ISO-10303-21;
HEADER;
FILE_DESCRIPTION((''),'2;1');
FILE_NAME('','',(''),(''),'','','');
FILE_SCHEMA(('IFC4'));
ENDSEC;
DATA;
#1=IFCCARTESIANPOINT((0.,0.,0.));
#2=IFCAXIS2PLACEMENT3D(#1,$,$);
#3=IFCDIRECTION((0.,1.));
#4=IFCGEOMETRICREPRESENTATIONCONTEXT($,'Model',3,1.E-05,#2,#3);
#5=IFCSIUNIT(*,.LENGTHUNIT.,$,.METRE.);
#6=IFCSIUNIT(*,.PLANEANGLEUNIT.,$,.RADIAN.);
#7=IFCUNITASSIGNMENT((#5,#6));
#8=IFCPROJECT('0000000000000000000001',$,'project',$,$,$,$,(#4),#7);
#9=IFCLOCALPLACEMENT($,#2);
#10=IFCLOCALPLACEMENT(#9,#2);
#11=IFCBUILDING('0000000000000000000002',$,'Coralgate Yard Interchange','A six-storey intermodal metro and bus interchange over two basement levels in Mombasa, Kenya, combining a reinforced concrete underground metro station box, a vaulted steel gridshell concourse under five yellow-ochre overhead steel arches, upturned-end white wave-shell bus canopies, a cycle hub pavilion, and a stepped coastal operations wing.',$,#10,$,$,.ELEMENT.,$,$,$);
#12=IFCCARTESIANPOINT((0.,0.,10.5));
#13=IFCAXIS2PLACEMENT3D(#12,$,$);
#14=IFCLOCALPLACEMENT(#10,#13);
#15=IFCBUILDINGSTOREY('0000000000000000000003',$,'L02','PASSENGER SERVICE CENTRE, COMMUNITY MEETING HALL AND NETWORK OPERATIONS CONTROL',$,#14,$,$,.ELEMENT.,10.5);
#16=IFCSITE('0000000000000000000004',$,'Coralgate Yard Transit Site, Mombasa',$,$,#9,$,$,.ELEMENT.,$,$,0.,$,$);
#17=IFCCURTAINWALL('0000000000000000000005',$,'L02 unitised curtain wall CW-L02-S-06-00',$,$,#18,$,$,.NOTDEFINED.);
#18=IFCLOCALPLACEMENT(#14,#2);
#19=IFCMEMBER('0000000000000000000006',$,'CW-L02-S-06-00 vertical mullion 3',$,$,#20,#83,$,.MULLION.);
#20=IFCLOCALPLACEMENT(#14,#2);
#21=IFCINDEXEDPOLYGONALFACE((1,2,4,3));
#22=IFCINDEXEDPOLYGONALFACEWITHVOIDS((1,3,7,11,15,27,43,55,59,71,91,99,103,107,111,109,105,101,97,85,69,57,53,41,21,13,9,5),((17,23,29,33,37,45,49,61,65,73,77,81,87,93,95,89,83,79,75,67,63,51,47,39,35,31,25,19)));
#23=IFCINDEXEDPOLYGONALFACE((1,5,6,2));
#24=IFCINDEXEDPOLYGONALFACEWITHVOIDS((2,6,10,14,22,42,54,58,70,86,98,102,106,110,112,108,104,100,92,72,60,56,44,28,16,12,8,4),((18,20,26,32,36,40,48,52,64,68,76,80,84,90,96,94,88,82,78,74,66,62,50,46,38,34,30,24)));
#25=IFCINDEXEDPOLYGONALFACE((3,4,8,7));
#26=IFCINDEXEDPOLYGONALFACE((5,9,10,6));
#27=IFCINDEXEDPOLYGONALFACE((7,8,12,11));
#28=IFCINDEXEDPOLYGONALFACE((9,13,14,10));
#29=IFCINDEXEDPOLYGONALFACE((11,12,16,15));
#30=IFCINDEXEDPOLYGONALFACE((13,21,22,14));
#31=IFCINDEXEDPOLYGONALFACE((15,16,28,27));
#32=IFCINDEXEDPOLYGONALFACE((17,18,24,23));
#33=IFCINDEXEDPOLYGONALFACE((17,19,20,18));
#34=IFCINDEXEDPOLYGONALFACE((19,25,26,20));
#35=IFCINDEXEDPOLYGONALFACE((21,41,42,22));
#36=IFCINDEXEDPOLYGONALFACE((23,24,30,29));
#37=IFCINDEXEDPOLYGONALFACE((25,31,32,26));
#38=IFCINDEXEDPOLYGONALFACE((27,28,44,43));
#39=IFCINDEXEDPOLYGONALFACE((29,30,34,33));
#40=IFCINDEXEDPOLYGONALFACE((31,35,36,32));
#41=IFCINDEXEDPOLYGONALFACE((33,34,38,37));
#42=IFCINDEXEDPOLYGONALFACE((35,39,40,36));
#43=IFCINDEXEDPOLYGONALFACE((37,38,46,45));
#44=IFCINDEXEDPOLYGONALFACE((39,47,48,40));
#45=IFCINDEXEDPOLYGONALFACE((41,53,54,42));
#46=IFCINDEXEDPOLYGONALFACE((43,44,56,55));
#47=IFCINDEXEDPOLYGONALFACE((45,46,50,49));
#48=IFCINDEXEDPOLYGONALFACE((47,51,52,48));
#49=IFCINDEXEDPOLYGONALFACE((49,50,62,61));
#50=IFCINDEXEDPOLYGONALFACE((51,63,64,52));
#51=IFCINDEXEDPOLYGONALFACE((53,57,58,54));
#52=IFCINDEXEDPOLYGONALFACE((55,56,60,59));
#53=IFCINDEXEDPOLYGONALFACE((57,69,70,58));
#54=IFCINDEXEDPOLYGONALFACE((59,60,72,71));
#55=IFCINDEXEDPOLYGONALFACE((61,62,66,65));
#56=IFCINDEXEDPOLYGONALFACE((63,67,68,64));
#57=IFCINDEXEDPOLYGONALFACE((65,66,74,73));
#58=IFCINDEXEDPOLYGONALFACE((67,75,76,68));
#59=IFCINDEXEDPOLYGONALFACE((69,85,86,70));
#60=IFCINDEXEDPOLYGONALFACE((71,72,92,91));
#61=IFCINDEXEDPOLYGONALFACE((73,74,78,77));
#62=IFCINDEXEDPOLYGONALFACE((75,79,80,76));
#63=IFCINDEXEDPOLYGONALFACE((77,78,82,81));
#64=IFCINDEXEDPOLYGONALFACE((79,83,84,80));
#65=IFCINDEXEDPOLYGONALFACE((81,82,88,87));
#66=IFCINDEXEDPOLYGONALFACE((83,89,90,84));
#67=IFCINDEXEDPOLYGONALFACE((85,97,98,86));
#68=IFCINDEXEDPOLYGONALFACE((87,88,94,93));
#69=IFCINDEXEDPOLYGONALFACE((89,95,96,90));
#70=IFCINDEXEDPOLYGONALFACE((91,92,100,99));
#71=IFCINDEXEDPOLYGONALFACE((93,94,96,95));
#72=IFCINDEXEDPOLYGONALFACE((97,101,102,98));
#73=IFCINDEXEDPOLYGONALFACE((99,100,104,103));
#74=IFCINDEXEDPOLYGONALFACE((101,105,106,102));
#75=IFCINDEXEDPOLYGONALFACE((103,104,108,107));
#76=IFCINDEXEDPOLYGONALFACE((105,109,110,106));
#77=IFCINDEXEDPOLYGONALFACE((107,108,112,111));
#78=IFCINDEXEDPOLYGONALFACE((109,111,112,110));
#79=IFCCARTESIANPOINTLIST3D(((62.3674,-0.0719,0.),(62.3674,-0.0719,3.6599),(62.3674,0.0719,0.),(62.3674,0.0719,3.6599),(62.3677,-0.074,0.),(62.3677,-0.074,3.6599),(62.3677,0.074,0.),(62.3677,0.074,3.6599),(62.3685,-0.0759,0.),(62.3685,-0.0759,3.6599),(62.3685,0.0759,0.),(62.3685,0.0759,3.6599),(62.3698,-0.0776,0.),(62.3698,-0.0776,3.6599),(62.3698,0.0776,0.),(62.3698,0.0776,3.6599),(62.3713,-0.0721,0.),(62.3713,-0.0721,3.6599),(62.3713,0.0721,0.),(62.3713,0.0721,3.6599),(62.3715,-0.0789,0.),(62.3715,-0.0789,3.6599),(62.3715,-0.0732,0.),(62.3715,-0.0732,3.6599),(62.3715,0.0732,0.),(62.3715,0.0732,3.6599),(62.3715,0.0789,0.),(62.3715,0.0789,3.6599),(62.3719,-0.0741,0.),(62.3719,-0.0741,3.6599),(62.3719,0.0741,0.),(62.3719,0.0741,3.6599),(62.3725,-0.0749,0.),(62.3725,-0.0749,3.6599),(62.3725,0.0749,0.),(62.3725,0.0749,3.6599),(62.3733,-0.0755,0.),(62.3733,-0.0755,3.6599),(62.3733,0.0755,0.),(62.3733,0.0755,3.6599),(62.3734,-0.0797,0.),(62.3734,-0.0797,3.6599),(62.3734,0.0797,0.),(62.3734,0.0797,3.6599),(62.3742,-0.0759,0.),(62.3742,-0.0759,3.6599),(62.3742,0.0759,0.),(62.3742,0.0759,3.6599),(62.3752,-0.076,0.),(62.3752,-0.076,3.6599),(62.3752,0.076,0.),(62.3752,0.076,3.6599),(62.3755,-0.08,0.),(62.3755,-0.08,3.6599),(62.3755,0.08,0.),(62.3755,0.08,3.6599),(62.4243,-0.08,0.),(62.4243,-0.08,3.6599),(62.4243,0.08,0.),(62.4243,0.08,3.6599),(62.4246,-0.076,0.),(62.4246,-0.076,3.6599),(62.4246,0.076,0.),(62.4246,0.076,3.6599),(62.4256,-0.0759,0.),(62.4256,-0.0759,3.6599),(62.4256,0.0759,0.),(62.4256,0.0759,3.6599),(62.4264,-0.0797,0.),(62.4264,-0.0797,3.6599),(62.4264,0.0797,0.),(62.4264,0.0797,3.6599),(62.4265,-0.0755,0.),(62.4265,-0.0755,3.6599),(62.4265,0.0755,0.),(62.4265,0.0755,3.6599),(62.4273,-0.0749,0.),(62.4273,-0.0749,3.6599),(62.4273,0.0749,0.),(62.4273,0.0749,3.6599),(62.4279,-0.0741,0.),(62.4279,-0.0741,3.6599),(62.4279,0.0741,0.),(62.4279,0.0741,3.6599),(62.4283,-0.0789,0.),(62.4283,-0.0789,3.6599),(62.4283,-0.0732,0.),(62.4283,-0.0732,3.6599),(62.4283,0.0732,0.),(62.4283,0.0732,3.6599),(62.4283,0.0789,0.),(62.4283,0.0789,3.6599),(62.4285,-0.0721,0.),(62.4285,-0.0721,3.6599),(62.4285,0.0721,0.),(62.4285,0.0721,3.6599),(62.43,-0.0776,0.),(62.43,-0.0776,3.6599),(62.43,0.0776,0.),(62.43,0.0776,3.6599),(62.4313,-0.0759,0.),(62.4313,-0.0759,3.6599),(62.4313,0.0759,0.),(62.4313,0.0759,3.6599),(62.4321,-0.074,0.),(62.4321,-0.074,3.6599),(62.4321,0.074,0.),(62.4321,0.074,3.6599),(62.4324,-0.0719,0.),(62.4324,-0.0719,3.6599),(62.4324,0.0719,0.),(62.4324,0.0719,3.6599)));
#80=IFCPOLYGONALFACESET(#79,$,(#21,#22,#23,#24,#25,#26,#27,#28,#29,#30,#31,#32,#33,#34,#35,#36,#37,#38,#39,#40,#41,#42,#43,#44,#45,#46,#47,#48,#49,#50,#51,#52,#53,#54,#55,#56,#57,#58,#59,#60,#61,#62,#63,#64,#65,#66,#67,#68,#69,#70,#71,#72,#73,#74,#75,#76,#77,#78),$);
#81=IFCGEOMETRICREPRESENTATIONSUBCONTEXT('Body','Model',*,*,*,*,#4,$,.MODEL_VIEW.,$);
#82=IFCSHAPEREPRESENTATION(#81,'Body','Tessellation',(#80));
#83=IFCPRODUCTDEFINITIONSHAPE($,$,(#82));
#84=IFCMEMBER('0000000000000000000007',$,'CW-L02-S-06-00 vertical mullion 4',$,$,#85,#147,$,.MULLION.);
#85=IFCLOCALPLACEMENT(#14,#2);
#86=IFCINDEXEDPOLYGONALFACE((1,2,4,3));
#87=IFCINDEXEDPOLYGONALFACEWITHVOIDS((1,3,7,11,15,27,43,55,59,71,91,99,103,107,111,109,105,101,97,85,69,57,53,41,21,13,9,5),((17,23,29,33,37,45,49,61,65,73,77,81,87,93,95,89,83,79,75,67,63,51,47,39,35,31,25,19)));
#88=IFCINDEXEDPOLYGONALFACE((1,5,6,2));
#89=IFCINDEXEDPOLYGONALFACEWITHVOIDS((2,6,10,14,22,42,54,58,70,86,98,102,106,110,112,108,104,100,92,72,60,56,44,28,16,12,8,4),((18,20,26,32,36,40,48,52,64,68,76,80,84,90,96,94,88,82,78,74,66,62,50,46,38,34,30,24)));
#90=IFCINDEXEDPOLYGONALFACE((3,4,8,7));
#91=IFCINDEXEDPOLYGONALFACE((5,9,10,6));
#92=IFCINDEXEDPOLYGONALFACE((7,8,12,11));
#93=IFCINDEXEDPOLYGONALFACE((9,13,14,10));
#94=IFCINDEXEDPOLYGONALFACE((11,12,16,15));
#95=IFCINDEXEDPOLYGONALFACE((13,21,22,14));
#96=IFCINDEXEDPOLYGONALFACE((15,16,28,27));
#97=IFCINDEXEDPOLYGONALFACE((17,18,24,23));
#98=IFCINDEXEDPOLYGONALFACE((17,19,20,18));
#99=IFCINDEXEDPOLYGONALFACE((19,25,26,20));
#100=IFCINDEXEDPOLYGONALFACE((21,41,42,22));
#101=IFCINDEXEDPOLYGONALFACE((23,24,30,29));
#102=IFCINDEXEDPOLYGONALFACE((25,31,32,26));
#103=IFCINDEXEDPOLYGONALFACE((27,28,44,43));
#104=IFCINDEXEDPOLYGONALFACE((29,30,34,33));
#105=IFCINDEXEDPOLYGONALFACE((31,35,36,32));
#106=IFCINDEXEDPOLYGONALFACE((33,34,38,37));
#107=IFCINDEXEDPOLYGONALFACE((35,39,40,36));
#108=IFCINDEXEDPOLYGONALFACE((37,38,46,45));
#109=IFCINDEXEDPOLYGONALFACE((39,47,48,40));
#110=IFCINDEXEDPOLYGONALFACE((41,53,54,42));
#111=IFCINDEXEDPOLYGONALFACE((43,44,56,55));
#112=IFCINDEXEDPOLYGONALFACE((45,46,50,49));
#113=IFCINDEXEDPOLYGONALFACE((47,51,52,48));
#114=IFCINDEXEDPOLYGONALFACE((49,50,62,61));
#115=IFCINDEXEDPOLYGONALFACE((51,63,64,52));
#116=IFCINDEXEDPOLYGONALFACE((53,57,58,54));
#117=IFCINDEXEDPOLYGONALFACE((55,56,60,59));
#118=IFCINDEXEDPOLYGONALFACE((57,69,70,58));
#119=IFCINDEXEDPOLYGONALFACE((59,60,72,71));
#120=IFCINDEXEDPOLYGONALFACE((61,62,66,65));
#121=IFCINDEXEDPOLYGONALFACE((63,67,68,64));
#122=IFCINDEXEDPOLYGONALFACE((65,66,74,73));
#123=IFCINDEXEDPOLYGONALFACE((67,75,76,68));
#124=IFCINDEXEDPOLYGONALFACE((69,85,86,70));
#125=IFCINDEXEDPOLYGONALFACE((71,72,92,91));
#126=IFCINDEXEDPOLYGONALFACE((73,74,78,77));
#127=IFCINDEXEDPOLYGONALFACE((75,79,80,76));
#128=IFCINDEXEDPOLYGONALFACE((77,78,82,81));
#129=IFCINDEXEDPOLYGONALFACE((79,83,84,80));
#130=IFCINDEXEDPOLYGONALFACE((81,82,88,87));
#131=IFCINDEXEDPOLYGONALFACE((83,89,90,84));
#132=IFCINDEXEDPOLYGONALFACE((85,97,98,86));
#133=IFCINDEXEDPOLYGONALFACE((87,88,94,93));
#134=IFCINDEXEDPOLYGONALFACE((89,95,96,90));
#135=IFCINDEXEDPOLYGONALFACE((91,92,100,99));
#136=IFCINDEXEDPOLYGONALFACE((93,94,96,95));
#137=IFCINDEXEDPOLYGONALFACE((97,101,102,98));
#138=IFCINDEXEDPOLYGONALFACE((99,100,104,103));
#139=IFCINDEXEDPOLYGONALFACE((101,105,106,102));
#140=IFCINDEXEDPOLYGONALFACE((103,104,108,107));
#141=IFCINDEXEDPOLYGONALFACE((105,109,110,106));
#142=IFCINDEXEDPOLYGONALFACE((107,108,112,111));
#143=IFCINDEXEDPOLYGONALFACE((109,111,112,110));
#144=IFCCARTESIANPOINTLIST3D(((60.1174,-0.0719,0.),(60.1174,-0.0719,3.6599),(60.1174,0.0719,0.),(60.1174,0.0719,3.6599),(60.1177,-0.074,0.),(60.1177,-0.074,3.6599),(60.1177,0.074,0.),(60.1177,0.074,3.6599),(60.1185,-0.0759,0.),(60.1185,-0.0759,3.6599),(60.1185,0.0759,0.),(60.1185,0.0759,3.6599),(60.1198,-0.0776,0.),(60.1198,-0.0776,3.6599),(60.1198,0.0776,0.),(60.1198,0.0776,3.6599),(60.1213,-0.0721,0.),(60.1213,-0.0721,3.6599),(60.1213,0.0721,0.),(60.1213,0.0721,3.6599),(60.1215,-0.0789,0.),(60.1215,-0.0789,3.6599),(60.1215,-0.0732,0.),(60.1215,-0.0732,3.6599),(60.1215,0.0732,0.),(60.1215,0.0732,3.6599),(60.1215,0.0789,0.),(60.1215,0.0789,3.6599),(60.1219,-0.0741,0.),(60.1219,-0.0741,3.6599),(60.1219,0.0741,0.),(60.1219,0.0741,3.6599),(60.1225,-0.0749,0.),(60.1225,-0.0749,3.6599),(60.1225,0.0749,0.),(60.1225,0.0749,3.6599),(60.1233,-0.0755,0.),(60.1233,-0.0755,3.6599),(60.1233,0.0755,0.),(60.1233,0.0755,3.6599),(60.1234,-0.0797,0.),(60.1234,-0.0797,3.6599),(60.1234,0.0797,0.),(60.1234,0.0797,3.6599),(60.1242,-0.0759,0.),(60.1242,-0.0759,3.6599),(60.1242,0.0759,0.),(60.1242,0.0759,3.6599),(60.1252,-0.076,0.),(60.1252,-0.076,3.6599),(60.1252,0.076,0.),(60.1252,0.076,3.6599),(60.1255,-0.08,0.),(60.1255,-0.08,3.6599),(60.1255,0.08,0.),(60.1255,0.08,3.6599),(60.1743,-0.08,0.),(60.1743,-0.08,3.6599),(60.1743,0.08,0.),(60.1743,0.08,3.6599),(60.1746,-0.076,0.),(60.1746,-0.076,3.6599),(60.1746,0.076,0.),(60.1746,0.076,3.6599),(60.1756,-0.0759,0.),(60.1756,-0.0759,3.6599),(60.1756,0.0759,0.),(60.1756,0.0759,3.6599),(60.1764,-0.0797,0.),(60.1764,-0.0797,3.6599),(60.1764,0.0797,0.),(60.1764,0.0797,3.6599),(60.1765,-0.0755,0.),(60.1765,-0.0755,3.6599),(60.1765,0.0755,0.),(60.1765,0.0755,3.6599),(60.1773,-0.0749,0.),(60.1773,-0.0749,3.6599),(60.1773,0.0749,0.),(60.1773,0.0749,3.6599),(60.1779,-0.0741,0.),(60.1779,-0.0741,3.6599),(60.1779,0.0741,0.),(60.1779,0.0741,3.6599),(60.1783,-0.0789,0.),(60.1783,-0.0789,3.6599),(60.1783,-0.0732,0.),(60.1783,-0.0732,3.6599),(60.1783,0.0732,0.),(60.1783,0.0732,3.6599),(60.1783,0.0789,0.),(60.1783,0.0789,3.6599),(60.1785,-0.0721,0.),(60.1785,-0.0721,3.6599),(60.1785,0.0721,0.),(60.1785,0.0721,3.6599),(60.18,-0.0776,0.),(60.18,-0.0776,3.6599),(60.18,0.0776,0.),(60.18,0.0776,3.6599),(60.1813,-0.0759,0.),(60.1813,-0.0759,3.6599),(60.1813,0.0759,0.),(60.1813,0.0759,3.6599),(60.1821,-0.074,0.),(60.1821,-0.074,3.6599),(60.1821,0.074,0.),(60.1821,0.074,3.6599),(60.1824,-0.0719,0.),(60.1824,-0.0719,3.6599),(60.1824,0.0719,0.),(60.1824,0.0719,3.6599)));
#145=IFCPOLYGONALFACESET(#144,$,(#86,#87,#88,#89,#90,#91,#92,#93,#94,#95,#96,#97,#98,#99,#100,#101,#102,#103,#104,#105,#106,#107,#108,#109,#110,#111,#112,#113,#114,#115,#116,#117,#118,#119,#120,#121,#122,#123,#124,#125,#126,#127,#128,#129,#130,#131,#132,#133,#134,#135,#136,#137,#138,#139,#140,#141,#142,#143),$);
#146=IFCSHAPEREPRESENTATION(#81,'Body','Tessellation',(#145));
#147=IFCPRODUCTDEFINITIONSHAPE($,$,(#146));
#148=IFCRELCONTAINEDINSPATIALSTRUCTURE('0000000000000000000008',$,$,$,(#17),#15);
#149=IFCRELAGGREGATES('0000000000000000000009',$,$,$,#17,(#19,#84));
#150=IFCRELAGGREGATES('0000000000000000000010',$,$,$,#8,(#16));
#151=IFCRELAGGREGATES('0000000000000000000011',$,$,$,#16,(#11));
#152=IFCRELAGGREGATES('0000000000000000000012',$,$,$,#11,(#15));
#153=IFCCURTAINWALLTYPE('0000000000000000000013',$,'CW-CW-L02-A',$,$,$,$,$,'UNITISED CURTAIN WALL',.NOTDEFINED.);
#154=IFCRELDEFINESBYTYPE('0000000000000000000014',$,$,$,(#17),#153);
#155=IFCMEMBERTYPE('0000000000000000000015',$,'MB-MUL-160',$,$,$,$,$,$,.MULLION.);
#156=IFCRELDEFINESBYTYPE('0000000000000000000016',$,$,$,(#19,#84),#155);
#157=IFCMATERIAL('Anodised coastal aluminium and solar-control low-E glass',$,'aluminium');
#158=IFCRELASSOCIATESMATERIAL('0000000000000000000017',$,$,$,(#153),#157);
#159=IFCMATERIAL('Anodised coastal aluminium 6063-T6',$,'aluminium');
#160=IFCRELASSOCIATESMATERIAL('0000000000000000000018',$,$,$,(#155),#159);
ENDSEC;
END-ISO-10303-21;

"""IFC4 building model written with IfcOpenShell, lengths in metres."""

from ifc_helpers import new_model, si_unit, direction, frame, origin, origin_2d, place, context, subcontext, project, spatial, hollow_rectangle, extrude, material, material_profile, profile_set, type_object, element, aggregate, save


model = new_model("IFC4")

# Units and contexts
model_context = context("Model", 3, precision=1e-05, world=origin(), true_north=direction((0.0, 1.0)))
body_context = subcontext(model_context, "Body", "Model", "MODEL_VIEW")
ifc_project = project(units=[si_unit("LENGTHUNIT", "METRE"), si_unit("PLANEANGLEUNIT", "RADIAN")], contexts=[model_context])

# Site, building, storey
site_placement = place(None, origin())
site = spatial("IfcSite", under=ifc_project, at=site_placement, Name="Coralgate Yard Transit Site, Mombasa", CompositionType="ELEMENT", RefElevation=0.0)
building_placement = place(site_placement, origin())
building = spatial("IfcBuilding", under=site, at=building_placement, Name="Coralgate Yard Interchange", Description="A six-storey intermodal metro and bus interchange over two basement levels in Mombasa, Kenya, combining a reinforced concrete underground metro station box, a vaulted steel gridshell concourse under five yellow-ochre overhead steel arches, upturned-end white wave-shell bus canopies, a cycle hub pavilion, and a stepped coastal operations wing.", CompositionType="ELEMENT")
storey_placement = place(building_placement, frame((0.0, 0.0, 10.5)))
storey = spatial("IfcBuildingStorey", under=building, at=storey_placement, Name="L02", Description="PASSENGER SERVICE CENTRE, COMMUNITY MEETING HALL AND NETWORK OPERATIONS CONTROL", CompositionType="ELEMENT", Elevation=10.5)

# Shared definitions
ifc_material_1 = material(Name="Anodised coastal aluminium and solar-control low-E glass", Category="aluminium")
curtain_wall_type = type_object("IfcCurtainWallType", Name="CW-CW-L02-A", ElementType="UNITISED CURTAIN WALL", PredefinedType="NOTDEFINED", material=ifc_material_1)
ifc_material_2 = material(Name="Anodised coastal aluminium 6063-T6", Category="aluminium")
ifc_material_profile_1 = material_profile(ifc_material_2, hollow_rectangle(XDim=0.0649, YDim=0.1599, WallThickness=0.0039, InnerFilletRadius=0.0039, OuterFilletRadius=0.0081, at=origin_2d()), Name="ALU 65x160x4")
ifc_profile_set_1 = profile_set([ifc_material_profile_1], Name="Anodised coastal aluminium 6063-T6")
member_type_1 = type_object("IfcMemberType", Name="MB-MUL-160", PredefinedType="MULLION", material=ifc_profile_set_1)

# Curtain wall, members
curtain_wall_1_placement = place(storey_placement, origin())
curtain_wall_1 = element("IfcCurtainWall", 1, at=curtain_wall_1_placement, inside=storey, type_object=curtain_wall_type, Name="L02 unitised curtain wall CW-L02-S-06-00", PredefinedType="NOTDEFINED")
member_1_placement = place(storey_placement, frame((62.3999, 0.0, 0.0), z_axis=(0.0, 0.0, 1.0), x_axis=(1.0, 0.0, 0.0)))
member_1 = element("IfcMember", 2, at=member_1_placement, type_object=member_type_1, Name="CW-L02-S-06-00 vertical mullion 3", PredefinedType="MULLION", context=body_context, shape_type="SweptSolid", body=[
    extrude(hollow_rectangle(XDim=0.0649, YDim=0.1599, WallThickness=0.0039, InnerFilletRadius=0.0039, OuterFilletRadius=0.0081, at=origin_2d()), origin(), (0.0, 0.0, 1.0), 3.6599),
])
member_2_placement = place(storey_placement, frame((60.1499, 0.0, 0.0), z_axis=(0.0, 0.0, 1.0), x_axis=(1.0, 0.0, 0.0)))
member_2 = element("IfcMember", 3, at=member_2_placement, type_object=member_type_1, Name="CW-L02-S-06-00 vertical mullion 4", PredefinedType="MULLION", context=body_context, shape_type="SweptSolid", body=[
    extrude(hollow_rectangle(XDim=0.0649, YDim=0.1599, WallThickness=0.0039, InnerFilletRadius=0.0039, OuterFilletRadius=0.0081, at=origin_2d()), origin(), (0.0, 0.0, 1.0), 3.6599),
])

aggregate(curtain_wall_1, [member_1, member_2])

save(model, "model.ifc")
